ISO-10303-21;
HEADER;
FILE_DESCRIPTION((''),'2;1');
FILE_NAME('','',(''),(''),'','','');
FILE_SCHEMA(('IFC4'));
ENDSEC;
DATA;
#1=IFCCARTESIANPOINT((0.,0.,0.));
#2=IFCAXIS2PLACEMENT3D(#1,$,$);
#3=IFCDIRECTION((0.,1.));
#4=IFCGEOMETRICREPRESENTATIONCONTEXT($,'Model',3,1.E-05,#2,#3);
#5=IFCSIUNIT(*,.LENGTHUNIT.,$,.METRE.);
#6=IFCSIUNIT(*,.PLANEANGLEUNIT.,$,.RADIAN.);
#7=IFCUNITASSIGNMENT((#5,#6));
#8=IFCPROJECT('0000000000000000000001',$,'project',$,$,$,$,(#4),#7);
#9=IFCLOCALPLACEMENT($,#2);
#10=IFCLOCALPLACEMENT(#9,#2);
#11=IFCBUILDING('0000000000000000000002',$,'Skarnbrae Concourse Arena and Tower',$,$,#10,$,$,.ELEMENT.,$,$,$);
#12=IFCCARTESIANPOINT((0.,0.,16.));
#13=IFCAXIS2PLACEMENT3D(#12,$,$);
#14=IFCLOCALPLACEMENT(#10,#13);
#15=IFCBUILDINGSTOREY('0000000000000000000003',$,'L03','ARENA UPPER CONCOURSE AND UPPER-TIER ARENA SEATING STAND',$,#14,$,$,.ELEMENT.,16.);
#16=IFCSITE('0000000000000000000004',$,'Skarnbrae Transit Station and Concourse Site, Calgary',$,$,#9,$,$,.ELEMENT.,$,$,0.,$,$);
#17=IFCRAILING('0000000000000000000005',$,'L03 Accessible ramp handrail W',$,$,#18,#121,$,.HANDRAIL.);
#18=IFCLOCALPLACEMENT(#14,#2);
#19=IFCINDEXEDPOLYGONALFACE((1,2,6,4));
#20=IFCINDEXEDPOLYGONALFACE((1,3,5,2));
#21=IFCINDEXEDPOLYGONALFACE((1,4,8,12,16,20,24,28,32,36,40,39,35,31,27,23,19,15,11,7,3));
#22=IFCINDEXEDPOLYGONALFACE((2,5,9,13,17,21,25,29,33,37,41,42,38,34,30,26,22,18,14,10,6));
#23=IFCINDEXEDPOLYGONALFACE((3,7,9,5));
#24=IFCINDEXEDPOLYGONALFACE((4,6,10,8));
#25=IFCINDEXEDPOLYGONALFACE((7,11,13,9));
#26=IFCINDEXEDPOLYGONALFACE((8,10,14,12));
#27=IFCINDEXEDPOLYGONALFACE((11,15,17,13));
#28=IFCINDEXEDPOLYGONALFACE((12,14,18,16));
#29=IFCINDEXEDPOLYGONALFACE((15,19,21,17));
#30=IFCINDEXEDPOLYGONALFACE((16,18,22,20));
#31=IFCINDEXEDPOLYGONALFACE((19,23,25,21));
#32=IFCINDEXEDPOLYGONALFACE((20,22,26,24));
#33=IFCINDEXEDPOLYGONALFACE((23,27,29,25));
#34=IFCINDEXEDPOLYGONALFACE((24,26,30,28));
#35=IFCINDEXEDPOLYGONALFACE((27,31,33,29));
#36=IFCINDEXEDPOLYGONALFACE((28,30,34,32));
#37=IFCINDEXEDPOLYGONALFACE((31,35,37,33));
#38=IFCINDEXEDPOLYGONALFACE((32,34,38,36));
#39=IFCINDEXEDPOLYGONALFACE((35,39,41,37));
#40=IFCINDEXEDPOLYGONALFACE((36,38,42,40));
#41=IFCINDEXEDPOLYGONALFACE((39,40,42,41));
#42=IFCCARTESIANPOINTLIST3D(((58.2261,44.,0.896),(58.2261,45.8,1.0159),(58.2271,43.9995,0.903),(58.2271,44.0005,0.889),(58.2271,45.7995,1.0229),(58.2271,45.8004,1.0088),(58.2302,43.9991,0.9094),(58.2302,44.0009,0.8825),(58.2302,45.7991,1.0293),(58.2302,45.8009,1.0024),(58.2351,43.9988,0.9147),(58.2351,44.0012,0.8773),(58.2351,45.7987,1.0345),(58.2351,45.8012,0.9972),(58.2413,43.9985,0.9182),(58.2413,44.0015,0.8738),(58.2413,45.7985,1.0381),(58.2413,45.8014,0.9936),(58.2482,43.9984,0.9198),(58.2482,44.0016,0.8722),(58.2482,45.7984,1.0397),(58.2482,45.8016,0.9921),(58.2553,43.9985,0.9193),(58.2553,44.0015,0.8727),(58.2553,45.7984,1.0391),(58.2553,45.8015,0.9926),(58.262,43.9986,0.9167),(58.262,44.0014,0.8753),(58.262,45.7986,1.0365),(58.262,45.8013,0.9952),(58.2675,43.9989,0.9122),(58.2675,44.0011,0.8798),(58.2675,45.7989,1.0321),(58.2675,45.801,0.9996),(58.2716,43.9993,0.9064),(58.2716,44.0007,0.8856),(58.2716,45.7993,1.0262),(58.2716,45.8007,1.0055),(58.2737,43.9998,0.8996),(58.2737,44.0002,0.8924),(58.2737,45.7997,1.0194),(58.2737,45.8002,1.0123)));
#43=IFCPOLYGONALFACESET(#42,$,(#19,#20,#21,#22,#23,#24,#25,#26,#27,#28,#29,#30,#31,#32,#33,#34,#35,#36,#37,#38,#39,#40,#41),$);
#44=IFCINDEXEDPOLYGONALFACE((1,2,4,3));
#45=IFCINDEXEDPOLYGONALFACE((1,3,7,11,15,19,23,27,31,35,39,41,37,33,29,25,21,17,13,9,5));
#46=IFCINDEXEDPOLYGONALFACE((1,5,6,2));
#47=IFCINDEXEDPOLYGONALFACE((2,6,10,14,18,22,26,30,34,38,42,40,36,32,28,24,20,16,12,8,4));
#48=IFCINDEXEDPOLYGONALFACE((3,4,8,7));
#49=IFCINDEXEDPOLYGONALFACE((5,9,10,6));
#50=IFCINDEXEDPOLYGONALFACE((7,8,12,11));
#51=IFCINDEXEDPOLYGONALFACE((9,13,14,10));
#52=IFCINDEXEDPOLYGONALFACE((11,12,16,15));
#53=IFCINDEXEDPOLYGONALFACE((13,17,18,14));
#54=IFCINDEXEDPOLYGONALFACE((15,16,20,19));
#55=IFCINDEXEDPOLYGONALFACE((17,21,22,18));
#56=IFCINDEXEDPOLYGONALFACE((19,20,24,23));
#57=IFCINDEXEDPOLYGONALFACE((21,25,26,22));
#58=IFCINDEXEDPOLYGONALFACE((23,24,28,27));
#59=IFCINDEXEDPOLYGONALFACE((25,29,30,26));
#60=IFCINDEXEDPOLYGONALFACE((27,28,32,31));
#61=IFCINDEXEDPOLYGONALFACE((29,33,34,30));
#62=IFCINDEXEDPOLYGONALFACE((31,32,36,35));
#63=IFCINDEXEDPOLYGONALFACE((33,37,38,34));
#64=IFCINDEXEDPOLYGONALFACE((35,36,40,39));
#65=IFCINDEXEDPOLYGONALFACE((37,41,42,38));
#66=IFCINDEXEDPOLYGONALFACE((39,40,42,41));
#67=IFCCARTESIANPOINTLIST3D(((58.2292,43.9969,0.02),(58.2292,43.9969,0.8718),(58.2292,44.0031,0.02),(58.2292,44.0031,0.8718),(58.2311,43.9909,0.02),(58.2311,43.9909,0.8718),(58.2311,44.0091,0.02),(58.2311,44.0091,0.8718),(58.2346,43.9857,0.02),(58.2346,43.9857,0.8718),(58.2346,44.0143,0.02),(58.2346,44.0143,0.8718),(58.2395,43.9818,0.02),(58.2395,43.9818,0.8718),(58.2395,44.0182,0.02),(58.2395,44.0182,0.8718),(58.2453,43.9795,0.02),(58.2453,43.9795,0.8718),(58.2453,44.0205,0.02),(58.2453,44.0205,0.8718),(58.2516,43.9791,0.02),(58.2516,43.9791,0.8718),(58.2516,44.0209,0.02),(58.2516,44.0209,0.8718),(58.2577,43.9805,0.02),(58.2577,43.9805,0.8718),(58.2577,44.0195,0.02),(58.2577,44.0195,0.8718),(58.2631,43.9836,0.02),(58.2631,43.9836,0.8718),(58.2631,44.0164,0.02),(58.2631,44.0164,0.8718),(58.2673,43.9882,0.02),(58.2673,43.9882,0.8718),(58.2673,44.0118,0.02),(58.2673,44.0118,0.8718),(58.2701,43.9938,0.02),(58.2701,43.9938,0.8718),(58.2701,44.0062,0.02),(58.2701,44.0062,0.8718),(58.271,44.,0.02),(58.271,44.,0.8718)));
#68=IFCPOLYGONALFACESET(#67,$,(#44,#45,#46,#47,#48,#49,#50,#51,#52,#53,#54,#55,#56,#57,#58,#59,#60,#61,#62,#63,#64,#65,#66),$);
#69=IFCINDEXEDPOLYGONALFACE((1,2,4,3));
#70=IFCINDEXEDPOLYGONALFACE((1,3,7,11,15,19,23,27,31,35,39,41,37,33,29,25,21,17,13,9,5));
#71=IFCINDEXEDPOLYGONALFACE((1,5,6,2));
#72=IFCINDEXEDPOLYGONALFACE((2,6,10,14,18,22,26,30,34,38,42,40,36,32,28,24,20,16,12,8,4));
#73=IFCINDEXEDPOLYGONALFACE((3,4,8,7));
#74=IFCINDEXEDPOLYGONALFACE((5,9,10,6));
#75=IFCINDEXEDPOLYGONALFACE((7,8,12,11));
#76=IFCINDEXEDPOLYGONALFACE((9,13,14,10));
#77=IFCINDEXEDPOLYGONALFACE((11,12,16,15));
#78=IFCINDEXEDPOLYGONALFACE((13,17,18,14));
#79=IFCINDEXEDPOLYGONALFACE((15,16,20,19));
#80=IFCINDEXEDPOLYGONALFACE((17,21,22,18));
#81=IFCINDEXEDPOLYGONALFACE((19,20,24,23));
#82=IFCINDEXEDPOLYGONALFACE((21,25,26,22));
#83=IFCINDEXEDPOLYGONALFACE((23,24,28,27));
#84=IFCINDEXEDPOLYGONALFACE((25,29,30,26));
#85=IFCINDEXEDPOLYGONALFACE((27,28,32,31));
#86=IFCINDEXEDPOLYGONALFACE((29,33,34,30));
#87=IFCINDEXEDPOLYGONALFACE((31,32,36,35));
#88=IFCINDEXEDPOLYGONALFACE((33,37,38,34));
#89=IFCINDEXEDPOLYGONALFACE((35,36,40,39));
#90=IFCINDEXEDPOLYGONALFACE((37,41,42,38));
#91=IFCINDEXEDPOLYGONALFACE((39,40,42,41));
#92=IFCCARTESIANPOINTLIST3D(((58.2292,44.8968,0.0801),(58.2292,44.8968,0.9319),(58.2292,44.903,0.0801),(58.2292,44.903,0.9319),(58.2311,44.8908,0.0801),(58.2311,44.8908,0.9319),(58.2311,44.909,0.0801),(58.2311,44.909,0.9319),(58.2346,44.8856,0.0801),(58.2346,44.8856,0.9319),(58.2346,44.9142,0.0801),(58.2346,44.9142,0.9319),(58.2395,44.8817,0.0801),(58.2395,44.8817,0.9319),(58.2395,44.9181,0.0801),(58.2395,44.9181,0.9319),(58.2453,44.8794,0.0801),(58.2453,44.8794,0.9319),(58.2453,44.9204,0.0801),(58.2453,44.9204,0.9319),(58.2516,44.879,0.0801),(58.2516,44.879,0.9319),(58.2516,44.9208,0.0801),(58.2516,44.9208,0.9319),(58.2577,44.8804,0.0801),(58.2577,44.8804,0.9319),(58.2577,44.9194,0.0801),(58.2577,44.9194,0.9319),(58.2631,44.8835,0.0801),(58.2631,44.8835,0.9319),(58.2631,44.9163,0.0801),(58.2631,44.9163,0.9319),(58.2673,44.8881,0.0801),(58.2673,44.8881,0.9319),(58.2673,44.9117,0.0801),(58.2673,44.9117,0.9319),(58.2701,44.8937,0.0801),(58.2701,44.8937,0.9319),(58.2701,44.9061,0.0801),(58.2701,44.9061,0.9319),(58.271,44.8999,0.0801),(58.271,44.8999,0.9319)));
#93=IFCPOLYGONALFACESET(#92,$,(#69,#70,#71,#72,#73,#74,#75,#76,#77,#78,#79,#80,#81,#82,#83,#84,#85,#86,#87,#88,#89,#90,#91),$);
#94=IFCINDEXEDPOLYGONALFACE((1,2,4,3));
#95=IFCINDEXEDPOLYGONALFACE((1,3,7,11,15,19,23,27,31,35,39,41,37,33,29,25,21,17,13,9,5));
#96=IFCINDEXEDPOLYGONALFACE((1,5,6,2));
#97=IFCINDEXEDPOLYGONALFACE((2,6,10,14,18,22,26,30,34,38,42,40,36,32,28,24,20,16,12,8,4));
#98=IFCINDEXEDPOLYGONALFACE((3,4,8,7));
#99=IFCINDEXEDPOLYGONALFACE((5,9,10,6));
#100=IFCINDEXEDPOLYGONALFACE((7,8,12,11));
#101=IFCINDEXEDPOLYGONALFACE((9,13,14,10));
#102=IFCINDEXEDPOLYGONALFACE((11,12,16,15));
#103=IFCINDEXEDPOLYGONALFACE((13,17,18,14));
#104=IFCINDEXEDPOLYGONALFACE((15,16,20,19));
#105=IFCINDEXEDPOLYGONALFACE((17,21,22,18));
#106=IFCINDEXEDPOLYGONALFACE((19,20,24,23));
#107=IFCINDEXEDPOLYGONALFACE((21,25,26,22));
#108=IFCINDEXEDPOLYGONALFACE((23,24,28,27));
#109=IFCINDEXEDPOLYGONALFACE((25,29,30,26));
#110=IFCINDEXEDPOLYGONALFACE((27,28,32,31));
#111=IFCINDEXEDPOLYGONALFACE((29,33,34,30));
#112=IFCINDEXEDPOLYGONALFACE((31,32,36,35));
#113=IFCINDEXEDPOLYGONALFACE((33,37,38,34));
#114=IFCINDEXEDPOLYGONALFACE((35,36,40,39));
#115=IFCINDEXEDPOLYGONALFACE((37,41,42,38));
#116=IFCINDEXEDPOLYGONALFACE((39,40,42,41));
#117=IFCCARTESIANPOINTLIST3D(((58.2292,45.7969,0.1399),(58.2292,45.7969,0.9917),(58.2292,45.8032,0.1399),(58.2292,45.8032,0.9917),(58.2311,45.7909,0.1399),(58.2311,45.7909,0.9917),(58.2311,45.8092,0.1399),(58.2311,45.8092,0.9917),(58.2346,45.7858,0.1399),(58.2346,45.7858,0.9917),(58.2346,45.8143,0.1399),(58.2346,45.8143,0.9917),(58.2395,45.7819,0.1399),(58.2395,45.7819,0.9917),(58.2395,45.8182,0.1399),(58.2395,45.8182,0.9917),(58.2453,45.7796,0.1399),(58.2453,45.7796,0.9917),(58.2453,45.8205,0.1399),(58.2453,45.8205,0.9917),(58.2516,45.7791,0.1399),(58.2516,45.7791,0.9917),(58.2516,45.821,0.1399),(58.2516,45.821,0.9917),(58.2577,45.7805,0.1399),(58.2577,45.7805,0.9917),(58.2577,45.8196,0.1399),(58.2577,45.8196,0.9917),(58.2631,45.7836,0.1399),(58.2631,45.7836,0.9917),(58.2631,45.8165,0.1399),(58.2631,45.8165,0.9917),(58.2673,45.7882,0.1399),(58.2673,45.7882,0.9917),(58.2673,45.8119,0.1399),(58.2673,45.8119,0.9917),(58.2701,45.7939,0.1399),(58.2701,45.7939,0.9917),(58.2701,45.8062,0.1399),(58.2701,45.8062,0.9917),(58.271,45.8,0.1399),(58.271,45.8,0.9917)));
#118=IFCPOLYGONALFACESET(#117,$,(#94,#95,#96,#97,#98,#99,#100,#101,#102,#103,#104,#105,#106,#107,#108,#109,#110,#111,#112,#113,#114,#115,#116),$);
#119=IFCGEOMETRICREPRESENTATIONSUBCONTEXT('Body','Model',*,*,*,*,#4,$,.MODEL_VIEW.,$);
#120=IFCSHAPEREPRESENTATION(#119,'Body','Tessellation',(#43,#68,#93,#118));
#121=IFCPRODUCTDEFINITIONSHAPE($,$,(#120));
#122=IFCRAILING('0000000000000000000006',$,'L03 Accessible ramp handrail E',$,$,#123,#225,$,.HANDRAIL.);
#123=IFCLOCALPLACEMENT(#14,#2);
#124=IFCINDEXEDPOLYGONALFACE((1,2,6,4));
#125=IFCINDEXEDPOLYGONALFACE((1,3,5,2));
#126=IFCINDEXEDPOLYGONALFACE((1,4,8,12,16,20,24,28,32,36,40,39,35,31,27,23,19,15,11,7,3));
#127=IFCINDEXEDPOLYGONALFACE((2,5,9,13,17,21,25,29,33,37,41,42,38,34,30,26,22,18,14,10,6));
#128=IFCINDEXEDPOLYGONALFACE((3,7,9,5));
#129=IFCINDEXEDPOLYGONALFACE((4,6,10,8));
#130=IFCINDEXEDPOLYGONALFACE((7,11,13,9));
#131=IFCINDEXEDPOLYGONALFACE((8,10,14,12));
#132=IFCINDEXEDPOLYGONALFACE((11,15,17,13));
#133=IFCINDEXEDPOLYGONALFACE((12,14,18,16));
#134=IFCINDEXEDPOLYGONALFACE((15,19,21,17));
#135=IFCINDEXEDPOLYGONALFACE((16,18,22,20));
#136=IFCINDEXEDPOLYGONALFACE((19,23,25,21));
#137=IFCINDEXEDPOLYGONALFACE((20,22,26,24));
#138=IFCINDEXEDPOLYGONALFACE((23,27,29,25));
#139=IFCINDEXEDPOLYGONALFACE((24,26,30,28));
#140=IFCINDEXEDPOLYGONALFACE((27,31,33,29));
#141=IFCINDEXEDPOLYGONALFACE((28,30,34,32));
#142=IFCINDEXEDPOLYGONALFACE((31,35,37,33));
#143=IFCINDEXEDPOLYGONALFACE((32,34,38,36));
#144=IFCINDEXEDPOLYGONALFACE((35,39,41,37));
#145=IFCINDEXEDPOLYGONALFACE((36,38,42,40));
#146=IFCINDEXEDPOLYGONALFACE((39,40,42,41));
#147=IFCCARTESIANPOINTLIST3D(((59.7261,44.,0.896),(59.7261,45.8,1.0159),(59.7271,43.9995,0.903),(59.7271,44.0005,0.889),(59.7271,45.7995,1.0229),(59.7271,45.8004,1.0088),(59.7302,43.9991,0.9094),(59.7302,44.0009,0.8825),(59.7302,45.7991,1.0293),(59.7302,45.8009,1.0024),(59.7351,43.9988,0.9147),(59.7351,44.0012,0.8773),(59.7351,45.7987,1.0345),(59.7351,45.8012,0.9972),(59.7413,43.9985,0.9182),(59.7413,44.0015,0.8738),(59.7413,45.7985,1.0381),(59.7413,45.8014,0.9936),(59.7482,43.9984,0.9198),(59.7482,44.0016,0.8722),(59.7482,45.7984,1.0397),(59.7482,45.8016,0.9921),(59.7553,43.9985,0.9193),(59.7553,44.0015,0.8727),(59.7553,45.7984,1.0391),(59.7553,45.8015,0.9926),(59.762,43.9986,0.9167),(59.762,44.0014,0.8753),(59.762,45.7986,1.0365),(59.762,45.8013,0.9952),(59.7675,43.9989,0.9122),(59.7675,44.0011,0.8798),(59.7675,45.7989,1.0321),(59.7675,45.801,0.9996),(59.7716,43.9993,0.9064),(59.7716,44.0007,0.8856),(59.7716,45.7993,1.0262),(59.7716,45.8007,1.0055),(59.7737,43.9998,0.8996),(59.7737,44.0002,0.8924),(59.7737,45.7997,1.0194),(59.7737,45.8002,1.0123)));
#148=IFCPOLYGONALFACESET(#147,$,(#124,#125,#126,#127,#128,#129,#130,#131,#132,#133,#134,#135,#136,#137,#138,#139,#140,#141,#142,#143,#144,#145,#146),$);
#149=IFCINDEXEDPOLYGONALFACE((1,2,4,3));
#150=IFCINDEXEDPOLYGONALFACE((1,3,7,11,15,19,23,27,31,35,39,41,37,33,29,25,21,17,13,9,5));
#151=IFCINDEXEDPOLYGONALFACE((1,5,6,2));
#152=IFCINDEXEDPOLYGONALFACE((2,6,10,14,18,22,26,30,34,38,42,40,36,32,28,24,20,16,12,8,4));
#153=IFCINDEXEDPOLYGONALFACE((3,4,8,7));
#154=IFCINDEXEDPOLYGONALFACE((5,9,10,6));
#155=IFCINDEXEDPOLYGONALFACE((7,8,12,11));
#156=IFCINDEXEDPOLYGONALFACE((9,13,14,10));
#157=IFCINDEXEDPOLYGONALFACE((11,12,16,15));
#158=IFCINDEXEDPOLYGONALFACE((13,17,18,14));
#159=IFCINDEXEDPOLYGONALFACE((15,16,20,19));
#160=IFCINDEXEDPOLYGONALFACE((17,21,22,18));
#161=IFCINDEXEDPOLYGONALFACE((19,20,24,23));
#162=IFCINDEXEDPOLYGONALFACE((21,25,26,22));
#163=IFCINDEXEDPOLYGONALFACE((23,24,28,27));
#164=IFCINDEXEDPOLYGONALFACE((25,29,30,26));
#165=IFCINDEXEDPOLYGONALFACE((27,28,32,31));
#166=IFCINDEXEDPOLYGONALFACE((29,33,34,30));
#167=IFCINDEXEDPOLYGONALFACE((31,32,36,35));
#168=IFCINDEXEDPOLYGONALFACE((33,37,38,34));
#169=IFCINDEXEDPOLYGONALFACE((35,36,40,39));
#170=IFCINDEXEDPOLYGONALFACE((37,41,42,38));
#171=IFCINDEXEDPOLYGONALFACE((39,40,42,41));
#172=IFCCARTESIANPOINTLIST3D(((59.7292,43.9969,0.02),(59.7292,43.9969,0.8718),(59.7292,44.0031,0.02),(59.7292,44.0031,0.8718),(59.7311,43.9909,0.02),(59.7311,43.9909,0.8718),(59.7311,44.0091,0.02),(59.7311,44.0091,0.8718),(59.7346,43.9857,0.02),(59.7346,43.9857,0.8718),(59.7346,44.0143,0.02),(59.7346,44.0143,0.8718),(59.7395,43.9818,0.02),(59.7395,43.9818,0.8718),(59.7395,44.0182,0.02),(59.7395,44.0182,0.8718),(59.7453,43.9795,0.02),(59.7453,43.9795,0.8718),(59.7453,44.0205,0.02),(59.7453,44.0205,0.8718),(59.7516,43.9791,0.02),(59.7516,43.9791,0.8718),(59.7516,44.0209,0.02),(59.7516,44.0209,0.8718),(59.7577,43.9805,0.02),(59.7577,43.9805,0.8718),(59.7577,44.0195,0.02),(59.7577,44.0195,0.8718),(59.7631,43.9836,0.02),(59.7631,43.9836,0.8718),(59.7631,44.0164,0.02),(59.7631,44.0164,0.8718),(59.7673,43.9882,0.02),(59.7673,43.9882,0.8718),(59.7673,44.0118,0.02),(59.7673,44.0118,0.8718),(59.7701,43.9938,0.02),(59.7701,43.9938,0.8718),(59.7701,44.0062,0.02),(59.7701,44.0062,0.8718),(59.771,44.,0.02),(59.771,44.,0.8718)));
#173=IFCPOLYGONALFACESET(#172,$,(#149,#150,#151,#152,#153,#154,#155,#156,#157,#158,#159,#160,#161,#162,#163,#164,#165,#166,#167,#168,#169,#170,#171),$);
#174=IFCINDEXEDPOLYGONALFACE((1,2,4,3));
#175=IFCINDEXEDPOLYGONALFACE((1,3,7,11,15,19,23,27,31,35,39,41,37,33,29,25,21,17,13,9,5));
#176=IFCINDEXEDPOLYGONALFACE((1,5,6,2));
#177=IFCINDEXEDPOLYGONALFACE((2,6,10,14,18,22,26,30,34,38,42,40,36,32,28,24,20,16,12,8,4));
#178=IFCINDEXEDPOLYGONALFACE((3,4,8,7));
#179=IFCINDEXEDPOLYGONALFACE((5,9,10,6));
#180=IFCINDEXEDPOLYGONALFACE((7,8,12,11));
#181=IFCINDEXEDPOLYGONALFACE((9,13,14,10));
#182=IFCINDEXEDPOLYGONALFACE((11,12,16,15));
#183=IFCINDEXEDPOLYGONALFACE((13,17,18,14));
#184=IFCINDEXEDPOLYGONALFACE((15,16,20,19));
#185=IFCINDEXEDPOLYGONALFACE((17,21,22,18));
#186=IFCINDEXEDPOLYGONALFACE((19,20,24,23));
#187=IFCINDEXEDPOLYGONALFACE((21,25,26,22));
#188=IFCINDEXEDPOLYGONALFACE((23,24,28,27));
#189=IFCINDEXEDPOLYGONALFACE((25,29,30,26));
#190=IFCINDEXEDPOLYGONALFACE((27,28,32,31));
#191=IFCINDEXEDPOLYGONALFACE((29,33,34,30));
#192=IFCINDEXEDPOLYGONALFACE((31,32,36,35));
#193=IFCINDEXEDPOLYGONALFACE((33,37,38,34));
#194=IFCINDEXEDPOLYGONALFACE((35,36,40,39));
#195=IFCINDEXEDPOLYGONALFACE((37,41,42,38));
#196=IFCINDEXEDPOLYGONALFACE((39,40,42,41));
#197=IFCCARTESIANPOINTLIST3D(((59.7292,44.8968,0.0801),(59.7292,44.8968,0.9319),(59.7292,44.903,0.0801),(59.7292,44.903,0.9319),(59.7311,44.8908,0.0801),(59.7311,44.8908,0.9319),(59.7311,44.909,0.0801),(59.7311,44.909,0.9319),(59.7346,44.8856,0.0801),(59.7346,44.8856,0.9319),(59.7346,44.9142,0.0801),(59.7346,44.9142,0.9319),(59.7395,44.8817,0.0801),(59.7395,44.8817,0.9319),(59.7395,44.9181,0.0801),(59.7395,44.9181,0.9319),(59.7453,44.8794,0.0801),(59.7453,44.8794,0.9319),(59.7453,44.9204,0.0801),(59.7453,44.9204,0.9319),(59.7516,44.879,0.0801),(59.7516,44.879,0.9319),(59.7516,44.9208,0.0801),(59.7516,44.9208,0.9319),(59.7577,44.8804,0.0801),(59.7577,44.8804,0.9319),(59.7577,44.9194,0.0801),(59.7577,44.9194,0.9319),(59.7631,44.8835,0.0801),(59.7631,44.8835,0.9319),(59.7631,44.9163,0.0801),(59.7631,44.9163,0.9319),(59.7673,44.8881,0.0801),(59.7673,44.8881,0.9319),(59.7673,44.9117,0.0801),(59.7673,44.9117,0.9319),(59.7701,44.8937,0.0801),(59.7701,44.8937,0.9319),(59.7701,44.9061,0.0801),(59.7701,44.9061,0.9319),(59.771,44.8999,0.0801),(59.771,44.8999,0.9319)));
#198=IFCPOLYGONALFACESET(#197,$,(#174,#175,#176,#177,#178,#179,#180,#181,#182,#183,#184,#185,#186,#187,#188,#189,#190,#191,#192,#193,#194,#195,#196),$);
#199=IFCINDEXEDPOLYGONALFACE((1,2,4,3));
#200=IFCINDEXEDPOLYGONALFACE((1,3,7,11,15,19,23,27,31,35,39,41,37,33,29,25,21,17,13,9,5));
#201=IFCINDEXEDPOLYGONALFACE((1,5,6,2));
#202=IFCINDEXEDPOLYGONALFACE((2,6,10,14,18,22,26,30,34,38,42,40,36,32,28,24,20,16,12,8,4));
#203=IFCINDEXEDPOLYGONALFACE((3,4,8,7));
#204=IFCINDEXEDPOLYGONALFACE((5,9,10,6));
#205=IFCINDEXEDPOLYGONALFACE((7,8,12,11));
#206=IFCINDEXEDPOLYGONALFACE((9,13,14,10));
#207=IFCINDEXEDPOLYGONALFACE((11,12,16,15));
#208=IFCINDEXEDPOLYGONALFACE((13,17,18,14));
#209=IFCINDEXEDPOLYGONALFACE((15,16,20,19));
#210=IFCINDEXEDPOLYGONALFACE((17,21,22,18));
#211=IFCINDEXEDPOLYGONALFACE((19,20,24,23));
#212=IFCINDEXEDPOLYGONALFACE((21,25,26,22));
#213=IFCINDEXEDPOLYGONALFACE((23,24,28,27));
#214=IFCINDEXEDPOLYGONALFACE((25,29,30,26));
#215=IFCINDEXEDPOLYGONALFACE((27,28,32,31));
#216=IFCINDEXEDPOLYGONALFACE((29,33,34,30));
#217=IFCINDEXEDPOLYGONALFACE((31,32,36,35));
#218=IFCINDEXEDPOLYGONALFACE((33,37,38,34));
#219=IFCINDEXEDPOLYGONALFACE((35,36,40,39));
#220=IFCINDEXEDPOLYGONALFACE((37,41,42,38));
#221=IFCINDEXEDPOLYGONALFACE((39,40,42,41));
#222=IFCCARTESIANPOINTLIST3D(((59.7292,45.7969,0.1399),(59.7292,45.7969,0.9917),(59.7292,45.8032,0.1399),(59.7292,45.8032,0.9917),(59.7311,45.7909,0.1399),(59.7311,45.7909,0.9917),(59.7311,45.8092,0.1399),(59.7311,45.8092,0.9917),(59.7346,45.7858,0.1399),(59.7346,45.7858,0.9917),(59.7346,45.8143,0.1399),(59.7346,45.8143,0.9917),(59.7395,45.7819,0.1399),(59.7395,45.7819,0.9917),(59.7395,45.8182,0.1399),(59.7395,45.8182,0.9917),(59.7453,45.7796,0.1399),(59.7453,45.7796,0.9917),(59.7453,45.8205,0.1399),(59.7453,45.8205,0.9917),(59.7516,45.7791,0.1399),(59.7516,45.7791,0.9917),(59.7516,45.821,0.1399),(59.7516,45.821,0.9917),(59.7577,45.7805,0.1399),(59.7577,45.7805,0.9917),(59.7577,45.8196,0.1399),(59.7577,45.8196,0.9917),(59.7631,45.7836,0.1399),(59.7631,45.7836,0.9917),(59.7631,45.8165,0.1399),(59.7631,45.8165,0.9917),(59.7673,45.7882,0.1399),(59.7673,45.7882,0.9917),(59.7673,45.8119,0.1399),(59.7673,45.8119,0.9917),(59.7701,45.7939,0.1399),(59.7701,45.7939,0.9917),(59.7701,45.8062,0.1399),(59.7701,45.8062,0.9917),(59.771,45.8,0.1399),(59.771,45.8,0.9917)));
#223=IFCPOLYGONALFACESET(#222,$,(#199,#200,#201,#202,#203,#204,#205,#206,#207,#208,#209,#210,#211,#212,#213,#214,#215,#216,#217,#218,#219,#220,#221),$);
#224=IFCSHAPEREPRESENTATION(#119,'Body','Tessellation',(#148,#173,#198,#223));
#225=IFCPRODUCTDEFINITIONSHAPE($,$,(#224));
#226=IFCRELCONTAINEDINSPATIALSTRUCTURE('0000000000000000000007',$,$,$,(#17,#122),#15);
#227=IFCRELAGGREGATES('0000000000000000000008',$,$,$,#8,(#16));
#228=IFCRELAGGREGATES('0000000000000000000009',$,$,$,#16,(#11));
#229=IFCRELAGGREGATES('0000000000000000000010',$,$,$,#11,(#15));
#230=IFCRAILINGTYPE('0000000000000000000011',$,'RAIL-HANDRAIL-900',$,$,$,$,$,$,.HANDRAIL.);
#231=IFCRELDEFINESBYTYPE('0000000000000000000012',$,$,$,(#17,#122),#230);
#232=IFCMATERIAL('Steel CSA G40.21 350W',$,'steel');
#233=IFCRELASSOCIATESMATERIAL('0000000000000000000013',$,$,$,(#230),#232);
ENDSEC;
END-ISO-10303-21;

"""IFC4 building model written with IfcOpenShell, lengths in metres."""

from ifc_helpers import new_model, si_unit, direction, frame, origin, origin_2d, place, context, subcontext, project, spatial, circle, extrude, material, type_object, element, save


model = new_model("IFC4")

# Units and contexts
model_context = context("Model", 3, precision=1e-05, world=origin(), true_north=direction((0.0, 1.0)))
body_context = subcontext(model_context, "Body", "Model", "MODEL_VIEW")
ifc_project = project(units=[si_unit("LENGTHUNIT", "METRE"), si_unit("PLANEANGLEUNIT", "RADIAN")], contexts=[model_context])

# Site, building, storey
site_placement = place(None, origin())
site = spatial("IfcSite", under=ifc_project, at=site_placement, Name="Skarnbrae Transit Station and Concourse Site, Calgary", CompositionType="ELEMENT", RefElevation=0.0)
building_placement = place(site_placement, origin())
building = spatial("IfcBuilding", under=site, at=building_placement, Name="Skarnbrae Concourse Arena and Tower", CompositionType="ELEMENT")
storey_placement = place(building_placement, frame((0.0, 0.0, 16.0)))
storey = spatial("IfcBuildingStorey", under=building, at=storey_placement, Name="L03", Description="ARENA UPPER CONCOURSE AND UPPER-TIER ARENA SEATING STAND", CompositionType="ELEMENT", Elevation=16.0)

# Shared definitions
ifc_material_1 = material(Name="Steel CSA G40.21 350W", Category="steel")

# Railings
railing_type_1 = type_object("IfcRailingType", Name="RAIL-HANDRAIL-900", PredefinedType="HANDRAIL", material=ifc_material_1)
for number, where, name in (
    (1, (58.25, 44.0, 0.02), "L03 Accessible ramp handrail W"),
    (2, (59.75, 44.0, 0.02), "L03 Accessible ramp handrail E"),
):
    element("IfcRailing", number, at=place(storey_placement, frame(where)), inside=storey, type_object=railing_type_1, Name=name, PredefinedType="HANDRAIL", context=body_context, shape_type="SweptSolid", body=[
        extrude(circle(Radius=0.0239, at=origin_2d()), frame((0.0, 0.0, 0.876), z_axis=(0.0, 0.99779, 0.066447), x_axis=(-1.0, 0.0, 0.0)), (0.0, 0.0, 1.0), 1.804),
        extrude(circle(Radius=0.021, at=origin_2d()), origin(), (0.0, 0.0, 1.0), 0.8518),
        extrude(circle(Radius=0.021, at=origin_2d()), frame((0.0, 0.8999, 0.0601)), (0.0, 0.0, 1.0), 0.8518),
        extrude(circle(Radius=0.021, at=origin_2d()), frame((0.0, 1.8, 0.1199)), (0.0, 0.0, 1.0), 0.8518),
    ])

save(model, "model.ifc")
